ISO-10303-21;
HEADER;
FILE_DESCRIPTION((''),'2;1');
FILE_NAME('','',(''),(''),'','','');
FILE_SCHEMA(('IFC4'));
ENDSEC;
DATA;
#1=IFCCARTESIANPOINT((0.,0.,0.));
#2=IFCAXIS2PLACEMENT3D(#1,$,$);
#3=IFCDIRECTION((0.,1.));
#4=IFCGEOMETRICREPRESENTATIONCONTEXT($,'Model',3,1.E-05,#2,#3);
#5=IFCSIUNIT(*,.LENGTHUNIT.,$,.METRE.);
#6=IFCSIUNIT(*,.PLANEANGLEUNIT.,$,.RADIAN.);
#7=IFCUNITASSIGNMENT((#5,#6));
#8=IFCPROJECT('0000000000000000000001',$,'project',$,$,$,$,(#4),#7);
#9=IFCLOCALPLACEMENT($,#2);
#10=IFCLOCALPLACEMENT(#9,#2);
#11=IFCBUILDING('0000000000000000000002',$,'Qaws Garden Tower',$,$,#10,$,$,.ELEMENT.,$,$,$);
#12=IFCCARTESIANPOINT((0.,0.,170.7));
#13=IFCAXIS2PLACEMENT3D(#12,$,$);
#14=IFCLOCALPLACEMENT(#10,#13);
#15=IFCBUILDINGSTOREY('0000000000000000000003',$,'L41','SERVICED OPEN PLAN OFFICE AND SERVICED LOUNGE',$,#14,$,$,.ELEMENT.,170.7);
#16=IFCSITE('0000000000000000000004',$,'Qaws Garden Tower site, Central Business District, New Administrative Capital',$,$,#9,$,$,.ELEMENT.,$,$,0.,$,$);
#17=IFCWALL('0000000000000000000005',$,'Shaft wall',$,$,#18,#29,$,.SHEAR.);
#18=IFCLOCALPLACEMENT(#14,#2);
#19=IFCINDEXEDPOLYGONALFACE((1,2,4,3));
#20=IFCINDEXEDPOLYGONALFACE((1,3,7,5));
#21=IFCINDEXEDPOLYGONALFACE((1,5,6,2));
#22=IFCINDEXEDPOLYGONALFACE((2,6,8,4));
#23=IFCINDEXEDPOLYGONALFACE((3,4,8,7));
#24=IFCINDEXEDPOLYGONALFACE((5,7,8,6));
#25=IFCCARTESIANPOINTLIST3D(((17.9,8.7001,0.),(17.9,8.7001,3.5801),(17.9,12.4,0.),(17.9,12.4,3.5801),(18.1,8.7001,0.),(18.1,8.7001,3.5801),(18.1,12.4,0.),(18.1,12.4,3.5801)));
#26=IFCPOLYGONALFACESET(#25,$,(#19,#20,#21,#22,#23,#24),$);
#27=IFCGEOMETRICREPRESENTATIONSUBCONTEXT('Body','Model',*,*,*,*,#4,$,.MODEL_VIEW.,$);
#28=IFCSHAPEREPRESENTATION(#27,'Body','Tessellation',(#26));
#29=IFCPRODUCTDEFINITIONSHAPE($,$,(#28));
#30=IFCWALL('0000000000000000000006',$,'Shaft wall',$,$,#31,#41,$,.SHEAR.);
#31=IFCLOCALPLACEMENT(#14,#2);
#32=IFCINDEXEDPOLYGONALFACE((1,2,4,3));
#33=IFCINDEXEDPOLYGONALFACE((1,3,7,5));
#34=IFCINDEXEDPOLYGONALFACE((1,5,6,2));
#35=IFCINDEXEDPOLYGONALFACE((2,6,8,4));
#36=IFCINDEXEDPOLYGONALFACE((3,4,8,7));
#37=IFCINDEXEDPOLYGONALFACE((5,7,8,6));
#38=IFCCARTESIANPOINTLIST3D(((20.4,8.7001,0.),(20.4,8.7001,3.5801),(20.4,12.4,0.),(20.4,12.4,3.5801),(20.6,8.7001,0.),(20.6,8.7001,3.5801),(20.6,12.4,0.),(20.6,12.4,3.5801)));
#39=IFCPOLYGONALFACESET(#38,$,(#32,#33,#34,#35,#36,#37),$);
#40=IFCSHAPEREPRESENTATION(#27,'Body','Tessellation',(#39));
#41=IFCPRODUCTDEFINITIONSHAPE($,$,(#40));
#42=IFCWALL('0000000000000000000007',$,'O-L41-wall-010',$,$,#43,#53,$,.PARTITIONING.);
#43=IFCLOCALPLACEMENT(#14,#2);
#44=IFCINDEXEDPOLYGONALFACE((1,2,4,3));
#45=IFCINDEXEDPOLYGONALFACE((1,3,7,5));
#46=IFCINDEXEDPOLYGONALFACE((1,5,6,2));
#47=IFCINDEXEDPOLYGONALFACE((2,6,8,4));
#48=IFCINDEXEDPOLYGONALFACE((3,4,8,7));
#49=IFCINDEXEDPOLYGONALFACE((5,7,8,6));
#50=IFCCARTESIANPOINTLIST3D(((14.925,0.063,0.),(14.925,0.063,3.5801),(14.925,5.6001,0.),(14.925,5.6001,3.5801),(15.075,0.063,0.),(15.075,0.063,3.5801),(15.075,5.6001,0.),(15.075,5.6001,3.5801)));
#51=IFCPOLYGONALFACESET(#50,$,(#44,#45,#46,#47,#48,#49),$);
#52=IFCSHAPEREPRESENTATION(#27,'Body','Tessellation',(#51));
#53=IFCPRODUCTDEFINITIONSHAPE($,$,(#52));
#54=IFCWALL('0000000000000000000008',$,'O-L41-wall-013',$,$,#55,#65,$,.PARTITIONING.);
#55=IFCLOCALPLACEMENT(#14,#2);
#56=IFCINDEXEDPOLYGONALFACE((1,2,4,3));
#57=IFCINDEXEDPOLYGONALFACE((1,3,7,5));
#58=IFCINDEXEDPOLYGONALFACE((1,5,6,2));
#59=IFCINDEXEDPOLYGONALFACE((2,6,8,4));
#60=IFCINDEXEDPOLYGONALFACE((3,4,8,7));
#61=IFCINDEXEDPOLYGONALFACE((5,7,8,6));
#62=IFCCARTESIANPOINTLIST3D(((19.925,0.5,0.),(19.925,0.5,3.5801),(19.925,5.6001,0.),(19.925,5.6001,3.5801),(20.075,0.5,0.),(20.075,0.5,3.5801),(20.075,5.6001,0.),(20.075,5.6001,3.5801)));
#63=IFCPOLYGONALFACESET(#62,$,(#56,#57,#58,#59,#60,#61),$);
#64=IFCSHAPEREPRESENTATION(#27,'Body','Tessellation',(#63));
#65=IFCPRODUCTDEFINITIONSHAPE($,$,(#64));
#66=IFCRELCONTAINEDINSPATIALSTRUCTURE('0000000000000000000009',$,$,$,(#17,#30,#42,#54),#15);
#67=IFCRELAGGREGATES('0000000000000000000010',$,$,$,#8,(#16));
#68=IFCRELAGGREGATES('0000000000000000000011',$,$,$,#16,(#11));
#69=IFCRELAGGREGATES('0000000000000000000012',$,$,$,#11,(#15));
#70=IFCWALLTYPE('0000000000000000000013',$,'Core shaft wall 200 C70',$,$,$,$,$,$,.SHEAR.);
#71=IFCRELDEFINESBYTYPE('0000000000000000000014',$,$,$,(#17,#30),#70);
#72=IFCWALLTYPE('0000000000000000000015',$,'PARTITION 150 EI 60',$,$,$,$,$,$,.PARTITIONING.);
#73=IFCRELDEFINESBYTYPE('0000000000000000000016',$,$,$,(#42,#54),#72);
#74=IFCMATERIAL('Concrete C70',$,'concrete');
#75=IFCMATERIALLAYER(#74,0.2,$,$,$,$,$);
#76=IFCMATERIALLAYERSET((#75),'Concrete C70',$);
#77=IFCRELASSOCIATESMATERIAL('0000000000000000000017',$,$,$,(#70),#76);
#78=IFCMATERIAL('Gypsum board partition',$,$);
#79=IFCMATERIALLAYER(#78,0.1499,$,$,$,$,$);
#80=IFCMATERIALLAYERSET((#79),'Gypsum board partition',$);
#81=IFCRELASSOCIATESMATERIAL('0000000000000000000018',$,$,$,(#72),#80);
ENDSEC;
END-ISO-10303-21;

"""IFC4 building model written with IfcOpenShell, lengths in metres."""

from ifc_helpers import new_model, si_unit, direction, frame, frame_2d, origin, place, context, subcontext, project, spatial, rectangle, extrude, material, layer, layer_set, type_object, element, save


model = new_model("IFC4")

# Units and contexts
model_context = context("Model", 3, precision=1e-05, world=origin(), true_north=direction((0.0, 1.0)))
body_context = subcontext(model_context, "Body", "Model", "MODEL_VIEW")
ifc_project = project(units=[si_unit("LENGTHUNIT", "METRE"), si_unit("PLANEANGLEUNIT", "RADIAN")], contexts=[model_context])

# Site, building, storey
site_placement = place(None, origin())
site = spatial("IfcSite", under=ifc_project, at=site_placement, Name="Qaws Garden Tower site, Central Business District, New Administrative Capital", CompositionType="ELEMENT", RefElevation=0.0)
building_placement = place(site_placement, origin())
building = spatial("IfcBuilding", under=site, at=building_placement, Name="Qaws Garden Tower", CompositionType="ELEMENT")
storey_placement = place(building_placement, frame((0.0, 0.0, 170.7)))
storey = spatial("IfcBuildingStorey", under=building, at=storey_placement, Name="L41", Description="SERVICED OPEN PLAN OFFICE AND SERVICED LOUNGE", CompositionType="ELEMENT", Elevation=170.7)

# Shared definitions
ifc_material_1 = material(Name="Concrete C70", Category="concrete")
ifc_layer_1 = layer(ifc_material_1, 0.2)
ifc_layer_set_1 = layer_set([ifc_layer_1], Name="Concrete C70")
wall_type_1 = type_object("IfcWallType", Name="Core shaft wall 200 C70", PredefinedType="SHEAR", material=ifc_layer_set_1)

# Walls
for number, where, z_axis, x_axis, name in (
    (1, (18.0, 8.7, 0.0), (0.0, 0.0, 1.0), (0.0, 1.0, 0.0), "Shaft wall"),
    (2, (20.5, 8.7, 0.0), (0.0, 0.0, 1.0), (0.0, 1.0, 0.0), "Shaft wall"),
):
    element("IfcWall", number, at=place(storey_placement, frame(where, z_axis=z_axis, x_axis=x_axis)), inside=storey, type_object=wall_type_1, Name=name, PredefinedType="SHEAR", context=body_context, shape_type="SweptSolid", body=[
        extrude(rectangle(XDim=3.7, YDim=0.2, at=frame_2d((1.8501, 0.0))), origin(), (0.0, 0.0, 1.0), 3.5801),
    ])
ifc_material_2 = material(Name="Gypsum board partition")
ifc_layer_2 = layer(ifc_material_2, 0.1499)
ifc_layer_set_2 = layer_set([ifc_layer_2], Name="Gypsum board partition")
wall_type_2 = type_object("IfcWallType", Name="PARTITION 150 EI 60", PredefinedType="PARTITIONING", material=ifc_layer_set_2)
wall_1_placement = place(storey_placement, frame((15.0, 0.063, 0.0), z_axis=(0.0, 0.0, 1.0), x_axis=(0.0, 1.0, 0.0)))
element("IfcWall", 3, at=wall_1_placement, inside=storey, type_object=wall_type_2, Name="O-L41-wall-010", PredefinedType="PARTITIONING", context=body_context, shape_type="SweptSolid", body=[
    extrude(rectangle(XDim=5.5371, YDim=0.1499, at=frame_2d((2.7686, 0.0))), origin(), (0.0, 0.0, 1.0), 3.5801),
])
wall_2_placement = place(storey_placement, frame((20.0, 0.5, 0.0), z_axis=(0.0, 0.0, 1.0), x_axis=(0.0, 1.0, 0.0)))
element("IfcWall", 4, at=wall_2_placement, inside=storey, type_object=wall_type_2, Name="O-L41-wall-013", PredefinedType="PARTITIONING", context=body_context, shape_type="SweptSolid", body=[
    extrude(rectangle(XDim=5.1001, YDim=0.1499, at=frame_2d((2.55, 0.0))), origin(), (0.0, 0.0, 1.0), 3.5801),
])

save(model, "model.ifc")
